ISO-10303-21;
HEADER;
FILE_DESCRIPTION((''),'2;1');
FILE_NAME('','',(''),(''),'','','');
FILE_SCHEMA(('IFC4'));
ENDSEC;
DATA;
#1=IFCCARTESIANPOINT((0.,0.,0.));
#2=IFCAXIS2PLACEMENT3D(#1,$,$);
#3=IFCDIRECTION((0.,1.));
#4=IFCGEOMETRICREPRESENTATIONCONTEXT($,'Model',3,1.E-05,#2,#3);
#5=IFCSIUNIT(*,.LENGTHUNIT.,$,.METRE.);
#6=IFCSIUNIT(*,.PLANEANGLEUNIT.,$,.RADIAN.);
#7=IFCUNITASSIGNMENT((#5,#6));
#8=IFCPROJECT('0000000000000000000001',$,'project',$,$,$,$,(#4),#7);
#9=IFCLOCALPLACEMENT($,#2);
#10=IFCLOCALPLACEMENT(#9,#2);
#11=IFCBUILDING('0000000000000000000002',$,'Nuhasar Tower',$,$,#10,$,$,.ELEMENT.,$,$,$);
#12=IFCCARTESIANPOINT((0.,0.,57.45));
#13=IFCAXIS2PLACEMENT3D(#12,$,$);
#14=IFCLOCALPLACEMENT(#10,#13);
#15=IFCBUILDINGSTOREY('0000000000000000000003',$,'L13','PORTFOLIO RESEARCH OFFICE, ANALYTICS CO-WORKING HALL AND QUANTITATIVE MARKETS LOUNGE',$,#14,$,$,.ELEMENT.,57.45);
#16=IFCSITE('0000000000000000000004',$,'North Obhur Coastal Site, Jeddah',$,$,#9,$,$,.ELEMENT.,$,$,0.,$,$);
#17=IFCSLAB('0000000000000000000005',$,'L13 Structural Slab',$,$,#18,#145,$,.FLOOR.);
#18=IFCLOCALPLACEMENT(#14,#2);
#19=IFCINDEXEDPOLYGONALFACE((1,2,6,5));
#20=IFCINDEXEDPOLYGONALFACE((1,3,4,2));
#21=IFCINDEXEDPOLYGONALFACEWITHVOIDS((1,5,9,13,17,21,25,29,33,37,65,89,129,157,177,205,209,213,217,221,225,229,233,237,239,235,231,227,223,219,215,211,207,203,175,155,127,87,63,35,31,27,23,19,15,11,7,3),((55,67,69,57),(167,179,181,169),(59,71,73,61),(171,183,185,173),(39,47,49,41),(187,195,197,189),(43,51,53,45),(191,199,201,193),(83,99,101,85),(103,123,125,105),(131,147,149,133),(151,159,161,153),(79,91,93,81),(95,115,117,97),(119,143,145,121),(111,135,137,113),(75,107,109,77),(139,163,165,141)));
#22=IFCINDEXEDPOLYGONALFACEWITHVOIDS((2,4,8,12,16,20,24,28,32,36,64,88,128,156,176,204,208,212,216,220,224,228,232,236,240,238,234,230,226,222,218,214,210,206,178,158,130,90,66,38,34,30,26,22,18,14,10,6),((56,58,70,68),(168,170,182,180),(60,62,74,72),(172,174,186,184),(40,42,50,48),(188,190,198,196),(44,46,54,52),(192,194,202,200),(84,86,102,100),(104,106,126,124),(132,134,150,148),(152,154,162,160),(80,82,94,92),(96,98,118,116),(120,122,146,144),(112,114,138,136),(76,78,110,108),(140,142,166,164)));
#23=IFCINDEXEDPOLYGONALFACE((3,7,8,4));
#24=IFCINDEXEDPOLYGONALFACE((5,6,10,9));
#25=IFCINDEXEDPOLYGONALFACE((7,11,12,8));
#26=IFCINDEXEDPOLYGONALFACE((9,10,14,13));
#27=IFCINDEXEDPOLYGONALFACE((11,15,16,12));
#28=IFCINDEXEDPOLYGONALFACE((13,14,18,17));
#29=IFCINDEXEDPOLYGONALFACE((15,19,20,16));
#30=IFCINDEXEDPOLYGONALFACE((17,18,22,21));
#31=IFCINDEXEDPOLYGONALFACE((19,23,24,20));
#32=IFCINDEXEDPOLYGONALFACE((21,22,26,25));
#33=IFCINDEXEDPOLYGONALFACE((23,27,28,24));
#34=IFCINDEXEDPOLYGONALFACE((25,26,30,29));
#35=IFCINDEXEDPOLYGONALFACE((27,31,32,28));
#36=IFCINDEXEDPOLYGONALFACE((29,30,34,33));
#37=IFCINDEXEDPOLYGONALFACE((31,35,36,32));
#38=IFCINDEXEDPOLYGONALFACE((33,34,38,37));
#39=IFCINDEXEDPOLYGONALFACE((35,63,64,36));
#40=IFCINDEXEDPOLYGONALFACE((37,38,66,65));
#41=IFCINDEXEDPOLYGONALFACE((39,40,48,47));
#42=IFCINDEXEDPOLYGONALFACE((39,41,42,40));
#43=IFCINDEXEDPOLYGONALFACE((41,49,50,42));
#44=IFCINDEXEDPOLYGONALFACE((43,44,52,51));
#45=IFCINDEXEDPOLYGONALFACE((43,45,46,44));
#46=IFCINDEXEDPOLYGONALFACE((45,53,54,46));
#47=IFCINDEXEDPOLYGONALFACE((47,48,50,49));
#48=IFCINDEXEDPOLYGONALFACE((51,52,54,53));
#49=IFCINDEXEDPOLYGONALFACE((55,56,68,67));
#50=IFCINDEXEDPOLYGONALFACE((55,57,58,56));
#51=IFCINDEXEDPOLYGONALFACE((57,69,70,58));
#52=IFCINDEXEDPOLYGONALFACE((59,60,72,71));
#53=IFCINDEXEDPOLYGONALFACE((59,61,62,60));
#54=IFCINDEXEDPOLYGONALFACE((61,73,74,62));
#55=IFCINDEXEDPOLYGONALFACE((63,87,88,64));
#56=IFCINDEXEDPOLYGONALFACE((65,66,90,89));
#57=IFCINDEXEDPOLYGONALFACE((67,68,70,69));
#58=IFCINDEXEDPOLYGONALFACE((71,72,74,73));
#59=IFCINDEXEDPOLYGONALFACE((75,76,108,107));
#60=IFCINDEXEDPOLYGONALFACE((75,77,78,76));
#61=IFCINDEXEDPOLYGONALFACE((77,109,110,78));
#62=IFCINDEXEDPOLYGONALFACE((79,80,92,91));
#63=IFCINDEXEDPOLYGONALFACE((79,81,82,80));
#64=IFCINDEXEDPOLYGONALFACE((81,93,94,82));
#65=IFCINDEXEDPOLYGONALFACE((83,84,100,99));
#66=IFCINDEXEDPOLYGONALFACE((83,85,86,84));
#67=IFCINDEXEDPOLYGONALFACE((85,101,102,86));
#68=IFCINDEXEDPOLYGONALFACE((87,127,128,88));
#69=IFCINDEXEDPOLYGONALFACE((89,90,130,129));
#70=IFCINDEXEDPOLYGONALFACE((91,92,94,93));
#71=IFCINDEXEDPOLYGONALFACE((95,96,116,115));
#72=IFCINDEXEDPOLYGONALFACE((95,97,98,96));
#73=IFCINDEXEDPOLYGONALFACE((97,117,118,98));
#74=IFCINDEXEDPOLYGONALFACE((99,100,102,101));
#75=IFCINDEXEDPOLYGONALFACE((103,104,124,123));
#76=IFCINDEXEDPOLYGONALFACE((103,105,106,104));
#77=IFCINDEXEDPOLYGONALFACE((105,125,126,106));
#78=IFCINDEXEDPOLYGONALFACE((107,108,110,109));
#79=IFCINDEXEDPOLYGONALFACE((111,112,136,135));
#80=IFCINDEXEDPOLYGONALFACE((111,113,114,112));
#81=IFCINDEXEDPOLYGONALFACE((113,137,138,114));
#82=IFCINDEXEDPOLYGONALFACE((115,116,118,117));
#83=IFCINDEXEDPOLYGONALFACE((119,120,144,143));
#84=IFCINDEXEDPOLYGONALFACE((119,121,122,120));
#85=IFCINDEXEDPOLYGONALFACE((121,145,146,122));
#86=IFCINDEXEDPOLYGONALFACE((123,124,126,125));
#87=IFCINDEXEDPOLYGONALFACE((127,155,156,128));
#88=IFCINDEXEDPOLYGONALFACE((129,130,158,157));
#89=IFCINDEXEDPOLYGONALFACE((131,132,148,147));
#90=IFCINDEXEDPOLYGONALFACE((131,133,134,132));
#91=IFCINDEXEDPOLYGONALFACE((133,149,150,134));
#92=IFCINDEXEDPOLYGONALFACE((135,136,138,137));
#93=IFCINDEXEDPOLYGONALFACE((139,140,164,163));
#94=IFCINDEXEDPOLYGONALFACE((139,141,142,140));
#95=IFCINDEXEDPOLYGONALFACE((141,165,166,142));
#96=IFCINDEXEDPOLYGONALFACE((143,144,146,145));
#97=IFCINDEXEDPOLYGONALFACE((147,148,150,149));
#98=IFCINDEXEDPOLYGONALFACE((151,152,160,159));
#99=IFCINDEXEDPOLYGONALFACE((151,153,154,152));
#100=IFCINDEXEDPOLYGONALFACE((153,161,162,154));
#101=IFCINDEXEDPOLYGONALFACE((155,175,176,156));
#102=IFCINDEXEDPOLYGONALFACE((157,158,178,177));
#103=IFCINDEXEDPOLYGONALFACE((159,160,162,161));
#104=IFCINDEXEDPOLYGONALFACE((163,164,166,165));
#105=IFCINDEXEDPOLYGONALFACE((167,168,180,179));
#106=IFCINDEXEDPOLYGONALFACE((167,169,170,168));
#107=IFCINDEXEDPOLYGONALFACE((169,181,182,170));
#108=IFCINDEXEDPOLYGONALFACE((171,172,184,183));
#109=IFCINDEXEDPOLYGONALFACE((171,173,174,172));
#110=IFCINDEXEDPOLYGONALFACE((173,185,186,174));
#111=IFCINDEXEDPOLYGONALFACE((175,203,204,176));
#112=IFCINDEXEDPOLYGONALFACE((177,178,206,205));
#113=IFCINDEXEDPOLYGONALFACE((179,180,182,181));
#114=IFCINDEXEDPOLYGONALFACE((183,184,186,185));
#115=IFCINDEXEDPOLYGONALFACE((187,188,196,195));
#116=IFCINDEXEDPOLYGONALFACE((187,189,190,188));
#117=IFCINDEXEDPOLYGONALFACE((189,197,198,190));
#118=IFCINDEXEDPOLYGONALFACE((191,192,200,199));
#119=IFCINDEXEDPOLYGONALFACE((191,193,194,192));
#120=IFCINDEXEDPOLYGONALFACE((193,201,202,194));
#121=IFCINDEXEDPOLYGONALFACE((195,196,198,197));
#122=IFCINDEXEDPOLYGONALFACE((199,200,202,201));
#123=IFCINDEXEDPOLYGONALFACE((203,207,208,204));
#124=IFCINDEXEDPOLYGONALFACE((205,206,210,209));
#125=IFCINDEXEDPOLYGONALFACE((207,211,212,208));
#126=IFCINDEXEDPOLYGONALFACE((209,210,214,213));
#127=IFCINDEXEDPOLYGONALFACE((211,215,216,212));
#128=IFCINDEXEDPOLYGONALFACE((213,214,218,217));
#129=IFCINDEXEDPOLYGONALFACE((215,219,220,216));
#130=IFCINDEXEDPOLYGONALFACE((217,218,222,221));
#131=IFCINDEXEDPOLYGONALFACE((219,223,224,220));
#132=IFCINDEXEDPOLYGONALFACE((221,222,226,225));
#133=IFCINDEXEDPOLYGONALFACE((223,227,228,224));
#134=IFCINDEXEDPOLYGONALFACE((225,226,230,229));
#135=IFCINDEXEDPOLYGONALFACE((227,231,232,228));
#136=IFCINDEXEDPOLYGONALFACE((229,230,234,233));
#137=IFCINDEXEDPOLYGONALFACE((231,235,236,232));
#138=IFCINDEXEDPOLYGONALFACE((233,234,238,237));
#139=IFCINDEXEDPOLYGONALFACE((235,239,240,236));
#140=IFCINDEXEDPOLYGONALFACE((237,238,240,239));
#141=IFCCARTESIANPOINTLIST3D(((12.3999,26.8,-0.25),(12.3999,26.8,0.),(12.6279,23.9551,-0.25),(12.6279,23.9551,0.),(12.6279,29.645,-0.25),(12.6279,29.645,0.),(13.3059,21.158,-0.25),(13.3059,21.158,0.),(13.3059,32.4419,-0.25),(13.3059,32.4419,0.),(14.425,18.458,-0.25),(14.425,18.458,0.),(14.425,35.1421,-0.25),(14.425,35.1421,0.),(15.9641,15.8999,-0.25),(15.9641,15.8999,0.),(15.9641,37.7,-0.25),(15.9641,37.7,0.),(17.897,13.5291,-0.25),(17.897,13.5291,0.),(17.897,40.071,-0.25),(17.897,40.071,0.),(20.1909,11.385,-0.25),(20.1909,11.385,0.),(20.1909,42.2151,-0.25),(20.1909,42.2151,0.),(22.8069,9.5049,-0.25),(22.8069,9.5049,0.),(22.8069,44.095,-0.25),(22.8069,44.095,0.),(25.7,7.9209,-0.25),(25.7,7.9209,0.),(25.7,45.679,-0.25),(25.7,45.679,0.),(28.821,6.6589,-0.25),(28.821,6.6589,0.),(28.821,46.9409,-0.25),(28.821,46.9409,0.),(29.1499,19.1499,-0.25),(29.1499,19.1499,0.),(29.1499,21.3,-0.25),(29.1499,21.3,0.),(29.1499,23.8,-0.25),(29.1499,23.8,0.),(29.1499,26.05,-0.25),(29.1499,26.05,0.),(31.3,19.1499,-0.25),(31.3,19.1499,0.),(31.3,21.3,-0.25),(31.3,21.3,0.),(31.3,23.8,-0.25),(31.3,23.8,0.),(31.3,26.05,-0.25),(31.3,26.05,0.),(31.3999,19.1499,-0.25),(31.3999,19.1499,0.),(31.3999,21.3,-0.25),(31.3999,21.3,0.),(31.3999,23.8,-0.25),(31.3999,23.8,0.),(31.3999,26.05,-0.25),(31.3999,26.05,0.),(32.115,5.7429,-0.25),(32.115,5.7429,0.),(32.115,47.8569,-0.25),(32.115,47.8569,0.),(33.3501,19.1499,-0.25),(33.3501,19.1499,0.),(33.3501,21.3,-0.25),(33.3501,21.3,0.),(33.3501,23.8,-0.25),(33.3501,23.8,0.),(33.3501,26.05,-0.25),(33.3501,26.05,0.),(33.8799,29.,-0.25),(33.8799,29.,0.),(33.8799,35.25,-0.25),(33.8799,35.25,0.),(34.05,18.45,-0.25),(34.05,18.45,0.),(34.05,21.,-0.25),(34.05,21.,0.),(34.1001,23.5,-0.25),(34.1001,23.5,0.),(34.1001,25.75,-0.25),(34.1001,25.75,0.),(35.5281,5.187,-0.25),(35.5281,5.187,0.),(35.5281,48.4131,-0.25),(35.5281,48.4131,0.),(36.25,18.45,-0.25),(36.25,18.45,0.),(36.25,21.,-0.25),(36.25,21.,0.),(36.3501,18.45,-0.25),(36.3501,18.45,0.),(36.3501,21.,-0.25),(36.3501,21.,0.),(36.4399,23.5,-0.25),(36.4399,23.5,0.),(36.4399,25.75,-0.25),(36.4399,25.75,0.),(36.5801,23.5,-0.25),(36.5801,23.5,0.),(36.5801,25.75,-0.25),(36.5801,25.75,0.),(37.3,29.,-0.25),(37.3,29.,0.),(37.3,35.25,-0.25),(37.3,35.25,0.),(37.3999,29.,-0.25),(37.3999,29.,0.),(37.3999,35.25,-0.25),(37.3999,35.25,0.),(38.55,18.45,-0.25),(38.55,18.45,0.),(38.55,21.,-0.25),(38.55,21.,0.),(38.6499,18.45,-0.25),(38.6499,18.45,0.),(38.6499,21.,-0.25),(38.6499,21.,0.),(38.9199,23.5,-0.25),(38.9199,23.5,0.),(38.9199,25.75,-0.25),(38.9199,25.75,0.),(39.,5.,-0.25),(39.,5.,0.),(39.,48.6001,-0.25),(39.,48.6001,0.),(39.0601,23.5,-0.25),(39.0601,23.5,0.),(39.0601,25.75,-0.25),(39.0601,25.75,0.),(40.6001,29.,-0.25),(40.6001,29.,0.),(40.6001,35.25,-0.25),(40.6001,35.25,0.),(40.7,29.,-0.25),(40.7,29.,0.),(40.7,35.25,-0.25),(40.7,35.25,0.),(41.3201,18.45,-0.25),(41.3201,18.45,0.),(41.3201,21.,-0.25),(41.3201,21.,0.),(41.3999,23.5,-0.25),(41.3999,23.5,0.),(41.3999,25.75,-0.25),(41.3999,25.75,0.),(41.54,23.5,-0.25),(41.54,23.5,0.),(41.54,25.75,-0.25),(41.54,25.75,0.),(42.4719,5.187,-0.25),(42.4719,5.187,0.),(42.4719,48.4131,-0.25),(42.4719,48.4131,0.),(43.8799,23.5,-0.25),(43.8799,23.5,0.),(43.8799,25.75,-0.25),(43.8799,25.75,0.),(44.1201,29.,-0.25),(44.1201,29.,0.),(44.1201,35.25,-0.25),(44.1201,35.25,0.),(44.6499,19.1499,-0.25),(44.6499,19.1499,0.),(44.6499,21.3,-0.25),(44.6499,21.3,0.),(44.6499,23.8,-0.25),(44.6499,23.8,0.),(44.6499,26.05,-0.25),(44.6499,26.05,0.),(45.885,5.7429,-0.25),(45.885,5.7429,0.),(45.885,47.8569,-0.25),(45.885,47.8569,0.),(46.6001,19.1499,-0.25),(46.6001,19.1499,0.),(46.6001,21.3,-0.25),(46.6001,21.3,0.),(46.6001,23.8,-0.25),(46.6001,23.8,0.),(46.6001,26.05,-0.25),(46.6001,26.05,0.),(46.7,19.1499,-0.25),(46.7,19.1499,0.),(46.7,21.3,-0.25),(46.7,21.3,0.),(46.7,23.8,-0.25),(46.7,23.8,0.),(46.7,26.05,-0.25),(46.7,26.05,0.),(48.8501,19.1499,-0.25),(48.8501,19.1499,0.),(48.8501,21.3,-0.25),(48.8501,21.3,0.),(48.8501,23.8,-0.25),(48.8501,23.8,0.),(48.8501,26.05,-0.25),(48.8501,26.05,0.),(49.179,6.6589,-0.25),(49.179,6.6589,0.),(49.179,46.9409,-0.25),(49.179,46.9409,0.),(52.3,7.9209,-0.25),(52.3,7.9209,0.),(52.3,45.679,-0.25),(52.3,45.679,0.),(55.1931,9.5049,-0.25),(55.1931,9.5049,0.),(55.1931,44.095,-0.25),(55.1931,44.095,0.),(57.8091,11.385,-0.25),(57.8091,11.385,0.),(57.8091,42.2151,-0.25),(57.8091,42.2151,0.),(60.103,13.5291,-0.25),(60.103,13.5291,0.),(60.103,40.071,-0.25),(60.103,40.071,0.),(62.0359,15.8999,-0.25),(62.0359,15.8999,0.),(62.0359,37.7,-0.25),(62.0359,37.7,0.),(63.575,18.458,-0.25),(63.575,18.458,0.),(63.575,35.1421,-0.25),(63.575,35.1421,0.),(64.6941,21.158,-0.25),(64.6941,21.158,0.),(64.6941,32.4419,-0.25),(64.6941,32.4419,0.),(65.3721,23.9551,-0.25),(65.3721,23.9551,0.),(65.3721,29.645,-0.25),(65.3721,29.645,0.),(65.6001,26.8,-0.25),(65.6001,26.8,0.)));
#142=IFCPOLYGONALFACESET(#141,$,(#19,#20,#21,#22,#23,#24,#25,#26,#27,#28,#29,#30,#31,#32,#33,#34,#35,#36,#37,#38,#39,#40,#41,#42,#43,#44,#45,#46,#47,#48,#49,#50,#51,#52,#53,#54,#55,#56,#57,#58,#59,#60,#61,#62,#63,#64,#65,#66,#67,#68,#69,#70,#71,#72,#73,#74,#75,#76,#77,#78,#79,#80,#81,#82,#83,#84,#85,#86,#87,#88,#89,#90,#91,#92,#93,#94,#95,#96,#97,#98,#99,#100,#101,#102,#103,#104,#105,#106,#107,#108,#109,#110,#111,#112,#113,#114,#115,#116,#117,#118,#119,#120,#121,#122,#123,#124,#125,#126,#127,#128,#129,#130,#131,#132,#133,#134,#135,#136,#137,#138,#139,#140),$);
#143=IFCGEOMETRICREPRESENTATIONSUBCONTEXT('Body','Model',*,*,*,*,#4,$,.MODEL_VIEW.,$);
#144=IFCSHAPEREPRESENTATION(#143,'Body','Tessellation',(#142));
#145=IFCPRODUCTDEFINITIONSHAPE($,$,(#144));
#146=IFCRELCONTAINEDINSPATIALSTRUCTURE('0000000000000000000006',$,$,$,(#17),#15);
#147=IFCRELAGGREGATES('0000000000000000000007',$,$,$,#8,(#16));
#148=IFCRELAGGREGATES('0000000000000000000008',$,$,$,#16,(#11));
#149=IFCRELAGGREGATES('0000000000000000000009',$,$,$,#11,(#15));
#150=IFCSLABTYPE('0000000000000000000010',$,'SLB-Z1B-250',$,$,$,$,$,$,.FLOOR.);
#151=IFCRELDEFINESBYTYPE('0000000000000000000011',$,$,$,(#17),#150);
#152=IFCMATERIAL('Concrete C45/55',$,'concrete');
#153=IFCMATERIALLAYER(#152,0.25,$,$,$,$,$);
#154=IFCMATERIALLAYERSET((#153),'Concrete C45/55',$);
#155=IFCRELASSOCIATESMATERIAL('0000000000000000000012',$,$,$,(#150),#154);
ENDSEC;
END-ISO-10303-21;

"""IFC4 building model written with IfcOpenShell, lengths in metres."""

from ifc_helpers import new_model, si_unit, direction, frame, origin, place, context, subcontext, project, spatial, polyline, outline, extrude, material, layer, layer_set, type_object, element, save


model = new_model("IFC4")

# Units and contexts
model_context = context("Model", 3, precision=1e-05, world=origin(), true_north=direction((0.0, 1.0)))
body_context = subcontext(model_context, "Body", "Model", "MODEL_VIEW")
ifc_project = project(units=[si_unit("LENGTHUNIT", "METRE"), si_unit("PLANEANGLEUNIT", "RADIAN")], contexts=[model_context])

# Site, building, storey
site_placement = place(None, origin())
site = spatial("IfcSite", under=ifc_project, at=site_placement, Name="North Obhur Coastal Site, Jeddah", CompositionType="ELEMENT", RefElevation=0.0)
building_placement = place(site_placement, origin())
building = spatial("IfcBuilding", under=site, at=building_placement, Name="Nuhasar Tower", CompositionType="ELEMENT")
storey_placement = place(building_placement, frame((0.0, 0.0, 57.45)))
storey = spatial("IfcBuildingStorey", under=building, at=storey_placement, Name="L13", Description="PORTFOLIO RESEARCH OFFICE, ANALYTICS CO-WORKING HALL AND QUANTITATIVE MARKETS LOUNGE", CompositionType="ELEMENT", Elevation=57.45)

# Shared definitions
ifc_material_1 = material(Name="Concrete C45/55", Category="concrete")

# Slab
ifc_layer_1 = layer(ifc_material_1, 0.25)
ifc_layer_set_1 = layer_set([ifc_layer_1], Name="Concrete C45/55")
slab_type_1 = type_object("IfcSlabType", Name="SLB-Z1B-250", PredefinedType="FLOOR", material=ifc_layer_set_1)
slab_1_placement = place(storey_placement, frame((0.0, 0.0, -0.25)))
element("IfcSlab", 1, at=slab_1_placement, inside=storey, type_object=slab_type_1, Name="L13 Structural Slab", PredefinedType="FLOOR", context=body_context, shape_type="SweptSolid", body=[
    extrude(outline(polyline([(65.6001, 26.8), (65.3721, 29.645), (64.6941, 32.4419), (63.575, 35.1421), (62.0359, 37.7), (60.103, 40.071), (57.8091, 42.2151), (55.1931, 44.095), (52.3, 45.679), (49.179, 46.9409), (45.885, 47.8569), (42.4719, 48.4131), (39.0, 48.6001), (35.5281, 48.4131), (32.115, 47.8569), (28.821, 46.9409), (25.7, 45.679), (22.8069, 44.095), (20.1909, 42.2151), (17.897, 40.071), (15.9641, 37.7), (14.425, 35.1421), (13.3059, 32.4419), (12.6279, 29.645), (12.3999, 26.8), (12.6279, 23.9551), (13.3059, 21.158), (14.425, 18.458), (15.9641, 15.8999), (17.897, 13.5291), (20.1909, 11.385), (22.8069, 9.5049), (25.7, 7.9209), (28.821, 6.6589), (32.115, 5.7429), (35.5281, 5.187), (39.0, 5.0), (42.4719, 5.187), (45.885, 5.7429), (49.179, 6.6589), (52.3, 7.9209), (55.1931, 9.5049), (57.8091, 11.385), (60.103, 13.5291), (62.0359, 15.8999), (63.575, 18.458), (64.6941, 21.158), (65.3721, 23.9551), (65.6001, 26.8)]), holes=[polyline([(33.8799, 35.25), (37.3, 35.25), (37.3, 29.0), (33.8799, 29.0), (33.8799, 35.25)]), polyline([(37.3999, 35.25), (40.6001, 35.25), (40.6001, 29.0), (37.3999, 29.0), (37.3999, 35.25)]), polyline([(40.7, 35.25), (44.1201, 35.25), (44.1201, 29.0), (40.7, 29.0), (40.7, 35.25)]), polyline([(29.1499, 26.05), (31.3, 26.05), (31.3, 23.8), (29.1499, 23.8), (29.1499, 26.05)]), polyline([(31.3999, 26.05), (33.3501, 26.05), (33.3501, 23.8), (31.3999, 23.8), (31.3999, 26.05)]), polyline([(29.1499, 21.3), (31.3, 21.3), (31.3, 19.1499), (29.1499, 19.1499), (29.1499, 21.3)]), polyline([(31.3999, 21.3), (33.3501, 21.3), (33.3501, 19.1499), (31.3999, 19.1499), (31.3999, 21.3)]), polyline([(44.6499, 26.05), (46.6001, 26.05), (46.6001, 23.8), (44.6499, 23.8), (44.6499, 26.05)]), polyline([(46.7, 26.05), (48.8501, 26.05), (48.8501, 23.8), (46.7, 23.8), (46.7, 26.05)]), polyline([(44.6499, 21.3), (46.6001, 21.3), (46.6001, 19.1499), (44.6499, 19.1499), (44.6499, 21.3)]), polyline([(46.7, 21.3), (48.8501, 21.3), (48.8501, 19.1499), (46.7, 19.1499), (46.7, 21.3)]), polyline([(34.1001, 25.75), (36.4399, 25.75), (36.4399, 23.5), (34.1001, 23.5), (34.1001, 25.75)]), polyline([(36.5801, 25.75), (38.9199, 25.75), (38.9199, 23.5), (36.5801, 23.5), (36.5801, 25.75)]), polyline([(39.0601, 25.75), (41.3999, 25.75), (41.3999, 23.5), (39.0601, 23.5), (39.0601, 25.75)]), polyline([(41.54, 25.75), (43.8799, 25.75), (43.8799, 23.5), (41.54, 23.5), (41.54, 25.75)]), polyline([(34.05, 21.0), (36.25, 21.0), (36.25, 18.45), (34.05, 18.45), (34.05, 21.0)]), polyline([(36.3501, 21.0), (38.55, 21.0), (38.55, 18.45), (36.3501, 18.45), (36.3501, 21.0)]), polyline([(38.6499, 21.0), (41.3201, 21.0), (41.3201, 18.45), (38.6499, 18.45), (38.6499, 21.0)])]), origin(), (0.0, 0.0, 1.0), 0.25),
])

save(model, "model.ifc")
